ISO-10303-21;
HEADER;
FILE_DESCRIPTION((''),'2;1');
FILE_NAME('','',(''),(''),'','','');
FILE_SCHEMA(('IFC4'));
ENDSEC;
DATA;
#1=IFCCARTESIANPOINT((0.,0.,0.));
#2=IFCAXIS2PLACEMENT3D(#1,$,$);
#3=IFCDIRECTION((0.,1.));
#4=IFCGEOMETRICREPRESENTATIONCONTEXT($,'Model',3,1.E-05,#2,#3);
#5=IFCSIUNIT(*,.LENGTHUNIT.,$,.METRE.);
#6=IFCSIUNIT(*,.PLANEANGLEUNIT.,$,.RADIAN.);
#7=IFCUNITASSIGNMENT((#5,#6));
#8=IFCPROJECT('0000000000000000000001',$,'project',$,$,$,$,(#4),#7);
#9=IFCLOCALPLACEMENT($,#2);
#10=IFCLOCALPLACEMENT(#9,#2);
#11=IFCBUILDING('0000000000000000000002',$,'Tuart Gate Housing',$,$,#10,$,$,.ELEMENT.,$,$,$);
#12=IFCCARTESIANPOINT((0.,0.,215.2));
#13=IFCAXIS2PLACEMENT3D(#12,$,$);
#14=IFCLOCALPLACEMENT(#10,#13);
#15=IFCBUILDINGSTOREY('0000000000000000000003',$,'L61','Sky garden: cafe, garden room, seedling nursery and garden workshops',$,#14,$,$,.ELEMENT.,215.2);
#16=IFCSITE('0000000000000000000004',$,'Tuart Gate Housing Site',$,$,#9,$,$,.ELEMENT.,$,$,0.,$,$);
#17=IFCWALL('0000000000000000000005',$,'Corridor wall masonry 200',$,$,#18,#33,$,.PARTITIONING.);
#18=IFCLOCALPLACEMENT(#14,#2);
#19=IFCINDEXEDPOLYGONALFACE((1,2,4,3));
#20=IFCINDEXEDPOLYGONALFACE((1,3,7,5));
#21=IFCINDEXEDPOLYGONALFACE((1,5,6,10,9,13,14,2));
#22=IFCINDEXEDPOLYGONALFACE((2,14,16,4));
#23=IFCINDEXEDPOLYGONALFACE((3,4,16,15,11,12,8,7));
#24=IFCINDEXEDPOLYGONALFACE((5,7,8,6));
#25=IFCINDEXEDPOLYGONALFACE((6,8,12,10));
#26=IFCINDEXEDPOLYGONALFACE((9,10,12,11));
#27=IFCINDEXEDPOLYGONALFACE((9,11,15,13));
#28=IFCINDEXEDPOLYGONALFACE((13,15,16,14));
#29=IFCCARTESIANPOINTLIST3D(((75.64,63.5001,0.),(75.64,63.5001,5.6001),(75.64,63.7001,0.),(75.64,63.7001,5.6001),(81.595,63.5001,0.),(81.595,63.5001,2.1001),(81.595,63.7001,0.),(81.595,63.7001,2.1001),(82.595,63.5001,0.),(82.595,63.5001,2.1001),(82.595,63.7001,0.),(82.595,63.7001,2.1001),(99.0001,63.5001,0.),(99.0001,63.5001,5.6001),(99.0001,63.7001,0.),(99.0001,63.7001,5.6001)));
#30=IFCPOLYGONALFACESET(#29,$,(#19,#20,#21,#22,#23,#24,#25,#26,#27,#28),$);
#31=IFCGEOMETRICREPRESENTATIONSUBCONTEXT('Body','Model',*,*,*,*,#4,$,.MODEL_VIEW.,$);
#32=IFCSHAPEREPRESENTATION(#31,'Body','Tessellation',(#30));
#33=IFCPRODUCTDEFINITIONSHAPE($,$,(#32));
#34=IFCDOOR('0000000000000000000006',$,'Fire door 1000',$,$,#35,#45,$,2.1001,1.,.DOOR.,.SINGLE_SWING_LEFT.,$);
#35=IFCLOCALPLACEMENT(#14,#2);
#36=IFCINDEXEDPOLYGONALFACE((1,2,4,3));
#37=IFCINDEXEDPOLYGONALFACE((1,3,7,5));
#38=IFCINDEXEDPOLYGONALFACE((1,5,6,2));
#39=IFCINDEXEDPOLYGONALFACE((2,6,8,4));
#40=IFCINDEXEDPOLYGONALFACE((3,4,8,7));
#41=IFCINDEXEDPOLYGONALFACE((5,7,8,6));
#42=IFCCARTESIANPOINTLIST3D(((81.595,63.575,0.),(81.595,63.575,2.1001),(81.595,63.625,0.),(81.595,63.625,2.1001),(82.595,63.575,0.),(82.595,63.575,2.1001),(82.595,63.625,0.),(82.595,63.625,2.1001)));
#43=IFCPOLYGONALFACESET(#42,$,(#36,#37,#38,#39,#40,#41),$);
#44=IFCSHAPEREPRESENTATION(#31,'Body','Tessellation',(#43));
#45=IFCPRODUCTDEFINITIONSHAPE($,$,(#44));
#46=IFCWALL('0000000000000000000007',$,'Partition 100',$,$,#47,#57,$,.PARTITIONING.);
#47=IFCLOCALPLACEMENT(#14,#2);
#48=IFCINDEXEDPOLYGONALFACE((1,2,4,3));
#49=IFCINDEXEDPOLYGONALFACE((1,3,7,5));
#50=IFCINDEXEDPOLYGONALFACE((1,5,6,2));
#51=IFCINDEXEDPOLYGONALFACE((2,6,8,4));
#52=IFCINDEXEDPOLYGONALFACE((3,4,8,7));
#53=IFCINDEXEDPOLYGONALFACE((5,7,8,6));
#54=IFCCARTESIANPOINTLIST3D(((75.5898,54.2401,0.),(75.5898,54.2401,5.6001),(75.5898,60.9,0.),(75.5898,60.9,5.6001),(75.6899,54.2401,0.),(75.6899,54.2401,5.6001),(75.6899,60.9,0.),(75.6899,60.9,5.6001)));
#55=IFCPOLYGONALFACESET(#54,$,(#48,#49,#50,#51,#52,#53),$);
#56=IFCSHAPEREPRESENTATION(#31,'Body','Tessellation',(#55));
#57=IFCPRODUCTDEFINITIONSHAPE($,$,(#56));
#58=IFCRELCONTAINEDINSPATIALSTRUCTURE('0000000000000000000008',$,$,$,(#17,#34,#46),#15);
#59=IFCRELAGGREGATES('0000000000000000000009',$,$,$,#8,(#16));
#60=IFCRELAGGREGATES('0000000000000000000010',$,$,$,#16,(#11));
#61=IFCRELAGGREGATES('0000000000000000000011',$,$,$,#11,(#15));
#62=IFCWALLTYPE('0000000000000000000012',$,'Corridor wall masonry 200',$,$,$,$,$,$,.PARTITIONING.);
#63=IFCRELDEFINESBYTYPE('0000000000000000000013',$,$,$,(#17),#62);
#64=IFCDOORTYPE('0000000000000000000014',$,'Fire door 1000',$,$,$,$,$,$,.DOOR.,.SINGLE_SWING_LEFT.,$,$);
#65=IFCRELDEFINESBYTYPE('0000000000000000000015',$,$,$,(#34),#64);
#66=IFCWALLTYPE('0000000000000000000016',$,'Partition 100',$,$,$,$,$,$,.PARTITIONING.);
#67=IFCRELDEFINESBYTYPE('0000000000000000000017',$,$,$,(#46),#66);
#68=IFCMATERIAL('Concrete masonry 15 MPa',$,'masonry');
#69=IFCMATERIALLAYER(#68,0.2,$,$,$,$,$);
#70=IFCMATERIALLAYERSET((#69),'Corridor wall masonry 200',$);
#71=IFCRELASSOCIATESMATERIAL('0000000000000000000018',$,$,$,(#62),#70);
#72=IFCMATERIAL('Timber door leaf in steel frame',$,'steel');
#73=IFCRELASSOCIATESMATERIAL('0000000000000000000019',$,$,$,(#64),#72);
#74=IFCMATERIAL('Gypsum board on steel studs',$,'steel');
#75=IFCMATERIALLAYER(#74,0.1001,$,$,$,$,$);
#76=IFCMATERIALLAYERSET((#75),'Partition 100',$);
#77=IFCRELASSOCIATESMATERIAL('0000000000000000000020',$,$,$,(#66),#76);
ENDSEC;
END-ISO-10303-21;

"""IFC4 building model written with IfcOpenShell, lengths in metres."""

from ifc_helpers import new_model, si_unit, direction, frame, frame_2d, origin, place, context, subcontext, project, spatial, rectangle, extrude, material, layer, layer_set, type_object, element, fill, save


model = new_model("IFC4")

# Units and contexts
model_context = context("Model", 3, precision=1e-05, world=origin(), true_north=direction((0.0, 1.0)))
body_context = subcontext(model_context, "Body", "Model", "MODEL_VIEW")
ifc_project = project(units=[si_unit("LENGTHUNIT", "METRE"), si_unit("PLANEANGLEUNIT", "RADIAN")], contexts=[model_context])

# Site, building, storey
site_placement = place(None, origin())
site = spatial("IfcSite", under=ifc_project, at=site_placement, Name="Tuart Gate Housing Site", CompositionType="ELEMENT", RefElevation=0.0)
building_placement = place(site_placement, origin())
building = spatial("IfcBuilding", under=site, at=building_placement, Name="Tuart Gate Housing", CompositionType="ELEMENT")
storey_placement = place(building_placement, frame((0.0, 0.0, 215.2)))
storey = spatial("IfcBuildingStorey", under=building, at=storey_placement, Name="L61", Description="Sky garden: cafe, garden room, seedling nursery and garden workshops", CompositionType="ELEMENT", Elevation=215.2)

# Wall, opening, door
ifc_material_1 = material(Name="Concrete masonry 15 MPa", Category="masonry")
ifc_layer_1 = layer(ifc_material_1, 0.2)
ifc_layer_set_1 = layer_set([ifc_layer_1], Name="Corridor wall masonry 200")
wall_type_1 = type_object("IfcWallType", Name="Corridor wall masonry 200", PredefinedType="PARTITIONING", material=ifc_layer_set_1)
wall_1_placement = place(storey_placement, frame((75.6399, 63.6001, 0.0), z_axis=(0.0, 0.0, 1.0), x_axis=(1.0, 0.0, 0.0)))
wall_1 = element("IfcWall", 1, at=wall_1_placement, inside=storey, type_object=wall_type_1, Name="Corridor wall masonry 200", PredefinedType="PARTITIONING", context=body_context, shape_type="SweptSolid", body=[
    extrude(rectangle(XDim=23.3601, YDim=0.2, at=frame_2d((11.6802, 0.0))), origin(), (0.0, 0.0, 1.0), 5.6001),
])
opening_1_placement = place(wall_1_placement, frame((5.9551, 0.0, 0.0)))
opening_1 = element("IfcOpeningElement", 2, at=opening_1_placement, cuts=wall_1, PredefinedType="OPENING", context=body_context, shape_type="SweptSolid", body=[
    extrude(rectangle(XDim=1.0, YDim=2.1001, at=frame_2d((0.5, 1.05))), frame((0.0, 0.1099, 0.0), z_axis=(0.0, -1.0, 0.0), x_axis=(1.0, 0.0, 0.0)), (0.0, 0.0, 1.0), 0.22),
])
ifc_material_2 = material(Name="Timber door leaf in steel frame", Category="steel")
door_type_1 = type_object("IfcDoorType", Name="Fire door 1000", OperationType="SINGLE_SWING_LEFT", PredefinedType="DOOR", material=ifc_material_2)
door_1_placement = place(opening_1_placement, origin())
door_1 = element("IfcDoor", 3, at=door_1_placement, inside=storey, type_object=door_type_1, Name="Fire door 1000", OperationType="SINGLE_SWING_LEFT", OverallHeight=2.1001, OverallWidth=1.0, PredefinedType="DOOR", context=body_context, shape_type="SweptSolid", body=[
    extrude(rectangle(XDim=1.0, YDim=2.1001, at=frame_2d((0.5, 1.05))), frame((0.0, 0.0249, 0.0), z_axis=(0.0, -1.0, 0.0), x_axis=(1.0, 0.0, 0.0)), (0.0, 0.0, 1.0), 0.05),
])
fill(opening_1, door_1)

# Wall
ifc_material_3 = material(Name="Gypsum board on steel studs", Category="steel")
ifc_layer_2 = layer(ifc_material_3, 0.1001)
ifc_layer_set_2 = layer_set([ifc_layer_2], Name="Partition 100")
wall_type_2 = type_object("IfcWallType", Name="Partition 100", PredefinedType="PARTITIONING", material=ifc_layer_set_2)
wall_2_placement = place(storey_placement, frame((75.6399, 54.24, 0.0), z_axis=(0.0, 0.0, 1.0), x_axis=(0.0, 1.0, 0.0)))
element("IfcWall", 4, at=wall_2_placement, inside=storey, type_object=wall_type_2, Name="Partition 100", PredefinedType="PARTITIONING", context=body_context, shape_type="SweptSolid", body=[
    extrude(rectangle(XDim=6.6599, YDim=0.1001, at=frame_2d((3.3301, 0.0))), origin(), (0.0, 0.0, 1.0), 5.6001),
])

save(model, "model.ifc")
